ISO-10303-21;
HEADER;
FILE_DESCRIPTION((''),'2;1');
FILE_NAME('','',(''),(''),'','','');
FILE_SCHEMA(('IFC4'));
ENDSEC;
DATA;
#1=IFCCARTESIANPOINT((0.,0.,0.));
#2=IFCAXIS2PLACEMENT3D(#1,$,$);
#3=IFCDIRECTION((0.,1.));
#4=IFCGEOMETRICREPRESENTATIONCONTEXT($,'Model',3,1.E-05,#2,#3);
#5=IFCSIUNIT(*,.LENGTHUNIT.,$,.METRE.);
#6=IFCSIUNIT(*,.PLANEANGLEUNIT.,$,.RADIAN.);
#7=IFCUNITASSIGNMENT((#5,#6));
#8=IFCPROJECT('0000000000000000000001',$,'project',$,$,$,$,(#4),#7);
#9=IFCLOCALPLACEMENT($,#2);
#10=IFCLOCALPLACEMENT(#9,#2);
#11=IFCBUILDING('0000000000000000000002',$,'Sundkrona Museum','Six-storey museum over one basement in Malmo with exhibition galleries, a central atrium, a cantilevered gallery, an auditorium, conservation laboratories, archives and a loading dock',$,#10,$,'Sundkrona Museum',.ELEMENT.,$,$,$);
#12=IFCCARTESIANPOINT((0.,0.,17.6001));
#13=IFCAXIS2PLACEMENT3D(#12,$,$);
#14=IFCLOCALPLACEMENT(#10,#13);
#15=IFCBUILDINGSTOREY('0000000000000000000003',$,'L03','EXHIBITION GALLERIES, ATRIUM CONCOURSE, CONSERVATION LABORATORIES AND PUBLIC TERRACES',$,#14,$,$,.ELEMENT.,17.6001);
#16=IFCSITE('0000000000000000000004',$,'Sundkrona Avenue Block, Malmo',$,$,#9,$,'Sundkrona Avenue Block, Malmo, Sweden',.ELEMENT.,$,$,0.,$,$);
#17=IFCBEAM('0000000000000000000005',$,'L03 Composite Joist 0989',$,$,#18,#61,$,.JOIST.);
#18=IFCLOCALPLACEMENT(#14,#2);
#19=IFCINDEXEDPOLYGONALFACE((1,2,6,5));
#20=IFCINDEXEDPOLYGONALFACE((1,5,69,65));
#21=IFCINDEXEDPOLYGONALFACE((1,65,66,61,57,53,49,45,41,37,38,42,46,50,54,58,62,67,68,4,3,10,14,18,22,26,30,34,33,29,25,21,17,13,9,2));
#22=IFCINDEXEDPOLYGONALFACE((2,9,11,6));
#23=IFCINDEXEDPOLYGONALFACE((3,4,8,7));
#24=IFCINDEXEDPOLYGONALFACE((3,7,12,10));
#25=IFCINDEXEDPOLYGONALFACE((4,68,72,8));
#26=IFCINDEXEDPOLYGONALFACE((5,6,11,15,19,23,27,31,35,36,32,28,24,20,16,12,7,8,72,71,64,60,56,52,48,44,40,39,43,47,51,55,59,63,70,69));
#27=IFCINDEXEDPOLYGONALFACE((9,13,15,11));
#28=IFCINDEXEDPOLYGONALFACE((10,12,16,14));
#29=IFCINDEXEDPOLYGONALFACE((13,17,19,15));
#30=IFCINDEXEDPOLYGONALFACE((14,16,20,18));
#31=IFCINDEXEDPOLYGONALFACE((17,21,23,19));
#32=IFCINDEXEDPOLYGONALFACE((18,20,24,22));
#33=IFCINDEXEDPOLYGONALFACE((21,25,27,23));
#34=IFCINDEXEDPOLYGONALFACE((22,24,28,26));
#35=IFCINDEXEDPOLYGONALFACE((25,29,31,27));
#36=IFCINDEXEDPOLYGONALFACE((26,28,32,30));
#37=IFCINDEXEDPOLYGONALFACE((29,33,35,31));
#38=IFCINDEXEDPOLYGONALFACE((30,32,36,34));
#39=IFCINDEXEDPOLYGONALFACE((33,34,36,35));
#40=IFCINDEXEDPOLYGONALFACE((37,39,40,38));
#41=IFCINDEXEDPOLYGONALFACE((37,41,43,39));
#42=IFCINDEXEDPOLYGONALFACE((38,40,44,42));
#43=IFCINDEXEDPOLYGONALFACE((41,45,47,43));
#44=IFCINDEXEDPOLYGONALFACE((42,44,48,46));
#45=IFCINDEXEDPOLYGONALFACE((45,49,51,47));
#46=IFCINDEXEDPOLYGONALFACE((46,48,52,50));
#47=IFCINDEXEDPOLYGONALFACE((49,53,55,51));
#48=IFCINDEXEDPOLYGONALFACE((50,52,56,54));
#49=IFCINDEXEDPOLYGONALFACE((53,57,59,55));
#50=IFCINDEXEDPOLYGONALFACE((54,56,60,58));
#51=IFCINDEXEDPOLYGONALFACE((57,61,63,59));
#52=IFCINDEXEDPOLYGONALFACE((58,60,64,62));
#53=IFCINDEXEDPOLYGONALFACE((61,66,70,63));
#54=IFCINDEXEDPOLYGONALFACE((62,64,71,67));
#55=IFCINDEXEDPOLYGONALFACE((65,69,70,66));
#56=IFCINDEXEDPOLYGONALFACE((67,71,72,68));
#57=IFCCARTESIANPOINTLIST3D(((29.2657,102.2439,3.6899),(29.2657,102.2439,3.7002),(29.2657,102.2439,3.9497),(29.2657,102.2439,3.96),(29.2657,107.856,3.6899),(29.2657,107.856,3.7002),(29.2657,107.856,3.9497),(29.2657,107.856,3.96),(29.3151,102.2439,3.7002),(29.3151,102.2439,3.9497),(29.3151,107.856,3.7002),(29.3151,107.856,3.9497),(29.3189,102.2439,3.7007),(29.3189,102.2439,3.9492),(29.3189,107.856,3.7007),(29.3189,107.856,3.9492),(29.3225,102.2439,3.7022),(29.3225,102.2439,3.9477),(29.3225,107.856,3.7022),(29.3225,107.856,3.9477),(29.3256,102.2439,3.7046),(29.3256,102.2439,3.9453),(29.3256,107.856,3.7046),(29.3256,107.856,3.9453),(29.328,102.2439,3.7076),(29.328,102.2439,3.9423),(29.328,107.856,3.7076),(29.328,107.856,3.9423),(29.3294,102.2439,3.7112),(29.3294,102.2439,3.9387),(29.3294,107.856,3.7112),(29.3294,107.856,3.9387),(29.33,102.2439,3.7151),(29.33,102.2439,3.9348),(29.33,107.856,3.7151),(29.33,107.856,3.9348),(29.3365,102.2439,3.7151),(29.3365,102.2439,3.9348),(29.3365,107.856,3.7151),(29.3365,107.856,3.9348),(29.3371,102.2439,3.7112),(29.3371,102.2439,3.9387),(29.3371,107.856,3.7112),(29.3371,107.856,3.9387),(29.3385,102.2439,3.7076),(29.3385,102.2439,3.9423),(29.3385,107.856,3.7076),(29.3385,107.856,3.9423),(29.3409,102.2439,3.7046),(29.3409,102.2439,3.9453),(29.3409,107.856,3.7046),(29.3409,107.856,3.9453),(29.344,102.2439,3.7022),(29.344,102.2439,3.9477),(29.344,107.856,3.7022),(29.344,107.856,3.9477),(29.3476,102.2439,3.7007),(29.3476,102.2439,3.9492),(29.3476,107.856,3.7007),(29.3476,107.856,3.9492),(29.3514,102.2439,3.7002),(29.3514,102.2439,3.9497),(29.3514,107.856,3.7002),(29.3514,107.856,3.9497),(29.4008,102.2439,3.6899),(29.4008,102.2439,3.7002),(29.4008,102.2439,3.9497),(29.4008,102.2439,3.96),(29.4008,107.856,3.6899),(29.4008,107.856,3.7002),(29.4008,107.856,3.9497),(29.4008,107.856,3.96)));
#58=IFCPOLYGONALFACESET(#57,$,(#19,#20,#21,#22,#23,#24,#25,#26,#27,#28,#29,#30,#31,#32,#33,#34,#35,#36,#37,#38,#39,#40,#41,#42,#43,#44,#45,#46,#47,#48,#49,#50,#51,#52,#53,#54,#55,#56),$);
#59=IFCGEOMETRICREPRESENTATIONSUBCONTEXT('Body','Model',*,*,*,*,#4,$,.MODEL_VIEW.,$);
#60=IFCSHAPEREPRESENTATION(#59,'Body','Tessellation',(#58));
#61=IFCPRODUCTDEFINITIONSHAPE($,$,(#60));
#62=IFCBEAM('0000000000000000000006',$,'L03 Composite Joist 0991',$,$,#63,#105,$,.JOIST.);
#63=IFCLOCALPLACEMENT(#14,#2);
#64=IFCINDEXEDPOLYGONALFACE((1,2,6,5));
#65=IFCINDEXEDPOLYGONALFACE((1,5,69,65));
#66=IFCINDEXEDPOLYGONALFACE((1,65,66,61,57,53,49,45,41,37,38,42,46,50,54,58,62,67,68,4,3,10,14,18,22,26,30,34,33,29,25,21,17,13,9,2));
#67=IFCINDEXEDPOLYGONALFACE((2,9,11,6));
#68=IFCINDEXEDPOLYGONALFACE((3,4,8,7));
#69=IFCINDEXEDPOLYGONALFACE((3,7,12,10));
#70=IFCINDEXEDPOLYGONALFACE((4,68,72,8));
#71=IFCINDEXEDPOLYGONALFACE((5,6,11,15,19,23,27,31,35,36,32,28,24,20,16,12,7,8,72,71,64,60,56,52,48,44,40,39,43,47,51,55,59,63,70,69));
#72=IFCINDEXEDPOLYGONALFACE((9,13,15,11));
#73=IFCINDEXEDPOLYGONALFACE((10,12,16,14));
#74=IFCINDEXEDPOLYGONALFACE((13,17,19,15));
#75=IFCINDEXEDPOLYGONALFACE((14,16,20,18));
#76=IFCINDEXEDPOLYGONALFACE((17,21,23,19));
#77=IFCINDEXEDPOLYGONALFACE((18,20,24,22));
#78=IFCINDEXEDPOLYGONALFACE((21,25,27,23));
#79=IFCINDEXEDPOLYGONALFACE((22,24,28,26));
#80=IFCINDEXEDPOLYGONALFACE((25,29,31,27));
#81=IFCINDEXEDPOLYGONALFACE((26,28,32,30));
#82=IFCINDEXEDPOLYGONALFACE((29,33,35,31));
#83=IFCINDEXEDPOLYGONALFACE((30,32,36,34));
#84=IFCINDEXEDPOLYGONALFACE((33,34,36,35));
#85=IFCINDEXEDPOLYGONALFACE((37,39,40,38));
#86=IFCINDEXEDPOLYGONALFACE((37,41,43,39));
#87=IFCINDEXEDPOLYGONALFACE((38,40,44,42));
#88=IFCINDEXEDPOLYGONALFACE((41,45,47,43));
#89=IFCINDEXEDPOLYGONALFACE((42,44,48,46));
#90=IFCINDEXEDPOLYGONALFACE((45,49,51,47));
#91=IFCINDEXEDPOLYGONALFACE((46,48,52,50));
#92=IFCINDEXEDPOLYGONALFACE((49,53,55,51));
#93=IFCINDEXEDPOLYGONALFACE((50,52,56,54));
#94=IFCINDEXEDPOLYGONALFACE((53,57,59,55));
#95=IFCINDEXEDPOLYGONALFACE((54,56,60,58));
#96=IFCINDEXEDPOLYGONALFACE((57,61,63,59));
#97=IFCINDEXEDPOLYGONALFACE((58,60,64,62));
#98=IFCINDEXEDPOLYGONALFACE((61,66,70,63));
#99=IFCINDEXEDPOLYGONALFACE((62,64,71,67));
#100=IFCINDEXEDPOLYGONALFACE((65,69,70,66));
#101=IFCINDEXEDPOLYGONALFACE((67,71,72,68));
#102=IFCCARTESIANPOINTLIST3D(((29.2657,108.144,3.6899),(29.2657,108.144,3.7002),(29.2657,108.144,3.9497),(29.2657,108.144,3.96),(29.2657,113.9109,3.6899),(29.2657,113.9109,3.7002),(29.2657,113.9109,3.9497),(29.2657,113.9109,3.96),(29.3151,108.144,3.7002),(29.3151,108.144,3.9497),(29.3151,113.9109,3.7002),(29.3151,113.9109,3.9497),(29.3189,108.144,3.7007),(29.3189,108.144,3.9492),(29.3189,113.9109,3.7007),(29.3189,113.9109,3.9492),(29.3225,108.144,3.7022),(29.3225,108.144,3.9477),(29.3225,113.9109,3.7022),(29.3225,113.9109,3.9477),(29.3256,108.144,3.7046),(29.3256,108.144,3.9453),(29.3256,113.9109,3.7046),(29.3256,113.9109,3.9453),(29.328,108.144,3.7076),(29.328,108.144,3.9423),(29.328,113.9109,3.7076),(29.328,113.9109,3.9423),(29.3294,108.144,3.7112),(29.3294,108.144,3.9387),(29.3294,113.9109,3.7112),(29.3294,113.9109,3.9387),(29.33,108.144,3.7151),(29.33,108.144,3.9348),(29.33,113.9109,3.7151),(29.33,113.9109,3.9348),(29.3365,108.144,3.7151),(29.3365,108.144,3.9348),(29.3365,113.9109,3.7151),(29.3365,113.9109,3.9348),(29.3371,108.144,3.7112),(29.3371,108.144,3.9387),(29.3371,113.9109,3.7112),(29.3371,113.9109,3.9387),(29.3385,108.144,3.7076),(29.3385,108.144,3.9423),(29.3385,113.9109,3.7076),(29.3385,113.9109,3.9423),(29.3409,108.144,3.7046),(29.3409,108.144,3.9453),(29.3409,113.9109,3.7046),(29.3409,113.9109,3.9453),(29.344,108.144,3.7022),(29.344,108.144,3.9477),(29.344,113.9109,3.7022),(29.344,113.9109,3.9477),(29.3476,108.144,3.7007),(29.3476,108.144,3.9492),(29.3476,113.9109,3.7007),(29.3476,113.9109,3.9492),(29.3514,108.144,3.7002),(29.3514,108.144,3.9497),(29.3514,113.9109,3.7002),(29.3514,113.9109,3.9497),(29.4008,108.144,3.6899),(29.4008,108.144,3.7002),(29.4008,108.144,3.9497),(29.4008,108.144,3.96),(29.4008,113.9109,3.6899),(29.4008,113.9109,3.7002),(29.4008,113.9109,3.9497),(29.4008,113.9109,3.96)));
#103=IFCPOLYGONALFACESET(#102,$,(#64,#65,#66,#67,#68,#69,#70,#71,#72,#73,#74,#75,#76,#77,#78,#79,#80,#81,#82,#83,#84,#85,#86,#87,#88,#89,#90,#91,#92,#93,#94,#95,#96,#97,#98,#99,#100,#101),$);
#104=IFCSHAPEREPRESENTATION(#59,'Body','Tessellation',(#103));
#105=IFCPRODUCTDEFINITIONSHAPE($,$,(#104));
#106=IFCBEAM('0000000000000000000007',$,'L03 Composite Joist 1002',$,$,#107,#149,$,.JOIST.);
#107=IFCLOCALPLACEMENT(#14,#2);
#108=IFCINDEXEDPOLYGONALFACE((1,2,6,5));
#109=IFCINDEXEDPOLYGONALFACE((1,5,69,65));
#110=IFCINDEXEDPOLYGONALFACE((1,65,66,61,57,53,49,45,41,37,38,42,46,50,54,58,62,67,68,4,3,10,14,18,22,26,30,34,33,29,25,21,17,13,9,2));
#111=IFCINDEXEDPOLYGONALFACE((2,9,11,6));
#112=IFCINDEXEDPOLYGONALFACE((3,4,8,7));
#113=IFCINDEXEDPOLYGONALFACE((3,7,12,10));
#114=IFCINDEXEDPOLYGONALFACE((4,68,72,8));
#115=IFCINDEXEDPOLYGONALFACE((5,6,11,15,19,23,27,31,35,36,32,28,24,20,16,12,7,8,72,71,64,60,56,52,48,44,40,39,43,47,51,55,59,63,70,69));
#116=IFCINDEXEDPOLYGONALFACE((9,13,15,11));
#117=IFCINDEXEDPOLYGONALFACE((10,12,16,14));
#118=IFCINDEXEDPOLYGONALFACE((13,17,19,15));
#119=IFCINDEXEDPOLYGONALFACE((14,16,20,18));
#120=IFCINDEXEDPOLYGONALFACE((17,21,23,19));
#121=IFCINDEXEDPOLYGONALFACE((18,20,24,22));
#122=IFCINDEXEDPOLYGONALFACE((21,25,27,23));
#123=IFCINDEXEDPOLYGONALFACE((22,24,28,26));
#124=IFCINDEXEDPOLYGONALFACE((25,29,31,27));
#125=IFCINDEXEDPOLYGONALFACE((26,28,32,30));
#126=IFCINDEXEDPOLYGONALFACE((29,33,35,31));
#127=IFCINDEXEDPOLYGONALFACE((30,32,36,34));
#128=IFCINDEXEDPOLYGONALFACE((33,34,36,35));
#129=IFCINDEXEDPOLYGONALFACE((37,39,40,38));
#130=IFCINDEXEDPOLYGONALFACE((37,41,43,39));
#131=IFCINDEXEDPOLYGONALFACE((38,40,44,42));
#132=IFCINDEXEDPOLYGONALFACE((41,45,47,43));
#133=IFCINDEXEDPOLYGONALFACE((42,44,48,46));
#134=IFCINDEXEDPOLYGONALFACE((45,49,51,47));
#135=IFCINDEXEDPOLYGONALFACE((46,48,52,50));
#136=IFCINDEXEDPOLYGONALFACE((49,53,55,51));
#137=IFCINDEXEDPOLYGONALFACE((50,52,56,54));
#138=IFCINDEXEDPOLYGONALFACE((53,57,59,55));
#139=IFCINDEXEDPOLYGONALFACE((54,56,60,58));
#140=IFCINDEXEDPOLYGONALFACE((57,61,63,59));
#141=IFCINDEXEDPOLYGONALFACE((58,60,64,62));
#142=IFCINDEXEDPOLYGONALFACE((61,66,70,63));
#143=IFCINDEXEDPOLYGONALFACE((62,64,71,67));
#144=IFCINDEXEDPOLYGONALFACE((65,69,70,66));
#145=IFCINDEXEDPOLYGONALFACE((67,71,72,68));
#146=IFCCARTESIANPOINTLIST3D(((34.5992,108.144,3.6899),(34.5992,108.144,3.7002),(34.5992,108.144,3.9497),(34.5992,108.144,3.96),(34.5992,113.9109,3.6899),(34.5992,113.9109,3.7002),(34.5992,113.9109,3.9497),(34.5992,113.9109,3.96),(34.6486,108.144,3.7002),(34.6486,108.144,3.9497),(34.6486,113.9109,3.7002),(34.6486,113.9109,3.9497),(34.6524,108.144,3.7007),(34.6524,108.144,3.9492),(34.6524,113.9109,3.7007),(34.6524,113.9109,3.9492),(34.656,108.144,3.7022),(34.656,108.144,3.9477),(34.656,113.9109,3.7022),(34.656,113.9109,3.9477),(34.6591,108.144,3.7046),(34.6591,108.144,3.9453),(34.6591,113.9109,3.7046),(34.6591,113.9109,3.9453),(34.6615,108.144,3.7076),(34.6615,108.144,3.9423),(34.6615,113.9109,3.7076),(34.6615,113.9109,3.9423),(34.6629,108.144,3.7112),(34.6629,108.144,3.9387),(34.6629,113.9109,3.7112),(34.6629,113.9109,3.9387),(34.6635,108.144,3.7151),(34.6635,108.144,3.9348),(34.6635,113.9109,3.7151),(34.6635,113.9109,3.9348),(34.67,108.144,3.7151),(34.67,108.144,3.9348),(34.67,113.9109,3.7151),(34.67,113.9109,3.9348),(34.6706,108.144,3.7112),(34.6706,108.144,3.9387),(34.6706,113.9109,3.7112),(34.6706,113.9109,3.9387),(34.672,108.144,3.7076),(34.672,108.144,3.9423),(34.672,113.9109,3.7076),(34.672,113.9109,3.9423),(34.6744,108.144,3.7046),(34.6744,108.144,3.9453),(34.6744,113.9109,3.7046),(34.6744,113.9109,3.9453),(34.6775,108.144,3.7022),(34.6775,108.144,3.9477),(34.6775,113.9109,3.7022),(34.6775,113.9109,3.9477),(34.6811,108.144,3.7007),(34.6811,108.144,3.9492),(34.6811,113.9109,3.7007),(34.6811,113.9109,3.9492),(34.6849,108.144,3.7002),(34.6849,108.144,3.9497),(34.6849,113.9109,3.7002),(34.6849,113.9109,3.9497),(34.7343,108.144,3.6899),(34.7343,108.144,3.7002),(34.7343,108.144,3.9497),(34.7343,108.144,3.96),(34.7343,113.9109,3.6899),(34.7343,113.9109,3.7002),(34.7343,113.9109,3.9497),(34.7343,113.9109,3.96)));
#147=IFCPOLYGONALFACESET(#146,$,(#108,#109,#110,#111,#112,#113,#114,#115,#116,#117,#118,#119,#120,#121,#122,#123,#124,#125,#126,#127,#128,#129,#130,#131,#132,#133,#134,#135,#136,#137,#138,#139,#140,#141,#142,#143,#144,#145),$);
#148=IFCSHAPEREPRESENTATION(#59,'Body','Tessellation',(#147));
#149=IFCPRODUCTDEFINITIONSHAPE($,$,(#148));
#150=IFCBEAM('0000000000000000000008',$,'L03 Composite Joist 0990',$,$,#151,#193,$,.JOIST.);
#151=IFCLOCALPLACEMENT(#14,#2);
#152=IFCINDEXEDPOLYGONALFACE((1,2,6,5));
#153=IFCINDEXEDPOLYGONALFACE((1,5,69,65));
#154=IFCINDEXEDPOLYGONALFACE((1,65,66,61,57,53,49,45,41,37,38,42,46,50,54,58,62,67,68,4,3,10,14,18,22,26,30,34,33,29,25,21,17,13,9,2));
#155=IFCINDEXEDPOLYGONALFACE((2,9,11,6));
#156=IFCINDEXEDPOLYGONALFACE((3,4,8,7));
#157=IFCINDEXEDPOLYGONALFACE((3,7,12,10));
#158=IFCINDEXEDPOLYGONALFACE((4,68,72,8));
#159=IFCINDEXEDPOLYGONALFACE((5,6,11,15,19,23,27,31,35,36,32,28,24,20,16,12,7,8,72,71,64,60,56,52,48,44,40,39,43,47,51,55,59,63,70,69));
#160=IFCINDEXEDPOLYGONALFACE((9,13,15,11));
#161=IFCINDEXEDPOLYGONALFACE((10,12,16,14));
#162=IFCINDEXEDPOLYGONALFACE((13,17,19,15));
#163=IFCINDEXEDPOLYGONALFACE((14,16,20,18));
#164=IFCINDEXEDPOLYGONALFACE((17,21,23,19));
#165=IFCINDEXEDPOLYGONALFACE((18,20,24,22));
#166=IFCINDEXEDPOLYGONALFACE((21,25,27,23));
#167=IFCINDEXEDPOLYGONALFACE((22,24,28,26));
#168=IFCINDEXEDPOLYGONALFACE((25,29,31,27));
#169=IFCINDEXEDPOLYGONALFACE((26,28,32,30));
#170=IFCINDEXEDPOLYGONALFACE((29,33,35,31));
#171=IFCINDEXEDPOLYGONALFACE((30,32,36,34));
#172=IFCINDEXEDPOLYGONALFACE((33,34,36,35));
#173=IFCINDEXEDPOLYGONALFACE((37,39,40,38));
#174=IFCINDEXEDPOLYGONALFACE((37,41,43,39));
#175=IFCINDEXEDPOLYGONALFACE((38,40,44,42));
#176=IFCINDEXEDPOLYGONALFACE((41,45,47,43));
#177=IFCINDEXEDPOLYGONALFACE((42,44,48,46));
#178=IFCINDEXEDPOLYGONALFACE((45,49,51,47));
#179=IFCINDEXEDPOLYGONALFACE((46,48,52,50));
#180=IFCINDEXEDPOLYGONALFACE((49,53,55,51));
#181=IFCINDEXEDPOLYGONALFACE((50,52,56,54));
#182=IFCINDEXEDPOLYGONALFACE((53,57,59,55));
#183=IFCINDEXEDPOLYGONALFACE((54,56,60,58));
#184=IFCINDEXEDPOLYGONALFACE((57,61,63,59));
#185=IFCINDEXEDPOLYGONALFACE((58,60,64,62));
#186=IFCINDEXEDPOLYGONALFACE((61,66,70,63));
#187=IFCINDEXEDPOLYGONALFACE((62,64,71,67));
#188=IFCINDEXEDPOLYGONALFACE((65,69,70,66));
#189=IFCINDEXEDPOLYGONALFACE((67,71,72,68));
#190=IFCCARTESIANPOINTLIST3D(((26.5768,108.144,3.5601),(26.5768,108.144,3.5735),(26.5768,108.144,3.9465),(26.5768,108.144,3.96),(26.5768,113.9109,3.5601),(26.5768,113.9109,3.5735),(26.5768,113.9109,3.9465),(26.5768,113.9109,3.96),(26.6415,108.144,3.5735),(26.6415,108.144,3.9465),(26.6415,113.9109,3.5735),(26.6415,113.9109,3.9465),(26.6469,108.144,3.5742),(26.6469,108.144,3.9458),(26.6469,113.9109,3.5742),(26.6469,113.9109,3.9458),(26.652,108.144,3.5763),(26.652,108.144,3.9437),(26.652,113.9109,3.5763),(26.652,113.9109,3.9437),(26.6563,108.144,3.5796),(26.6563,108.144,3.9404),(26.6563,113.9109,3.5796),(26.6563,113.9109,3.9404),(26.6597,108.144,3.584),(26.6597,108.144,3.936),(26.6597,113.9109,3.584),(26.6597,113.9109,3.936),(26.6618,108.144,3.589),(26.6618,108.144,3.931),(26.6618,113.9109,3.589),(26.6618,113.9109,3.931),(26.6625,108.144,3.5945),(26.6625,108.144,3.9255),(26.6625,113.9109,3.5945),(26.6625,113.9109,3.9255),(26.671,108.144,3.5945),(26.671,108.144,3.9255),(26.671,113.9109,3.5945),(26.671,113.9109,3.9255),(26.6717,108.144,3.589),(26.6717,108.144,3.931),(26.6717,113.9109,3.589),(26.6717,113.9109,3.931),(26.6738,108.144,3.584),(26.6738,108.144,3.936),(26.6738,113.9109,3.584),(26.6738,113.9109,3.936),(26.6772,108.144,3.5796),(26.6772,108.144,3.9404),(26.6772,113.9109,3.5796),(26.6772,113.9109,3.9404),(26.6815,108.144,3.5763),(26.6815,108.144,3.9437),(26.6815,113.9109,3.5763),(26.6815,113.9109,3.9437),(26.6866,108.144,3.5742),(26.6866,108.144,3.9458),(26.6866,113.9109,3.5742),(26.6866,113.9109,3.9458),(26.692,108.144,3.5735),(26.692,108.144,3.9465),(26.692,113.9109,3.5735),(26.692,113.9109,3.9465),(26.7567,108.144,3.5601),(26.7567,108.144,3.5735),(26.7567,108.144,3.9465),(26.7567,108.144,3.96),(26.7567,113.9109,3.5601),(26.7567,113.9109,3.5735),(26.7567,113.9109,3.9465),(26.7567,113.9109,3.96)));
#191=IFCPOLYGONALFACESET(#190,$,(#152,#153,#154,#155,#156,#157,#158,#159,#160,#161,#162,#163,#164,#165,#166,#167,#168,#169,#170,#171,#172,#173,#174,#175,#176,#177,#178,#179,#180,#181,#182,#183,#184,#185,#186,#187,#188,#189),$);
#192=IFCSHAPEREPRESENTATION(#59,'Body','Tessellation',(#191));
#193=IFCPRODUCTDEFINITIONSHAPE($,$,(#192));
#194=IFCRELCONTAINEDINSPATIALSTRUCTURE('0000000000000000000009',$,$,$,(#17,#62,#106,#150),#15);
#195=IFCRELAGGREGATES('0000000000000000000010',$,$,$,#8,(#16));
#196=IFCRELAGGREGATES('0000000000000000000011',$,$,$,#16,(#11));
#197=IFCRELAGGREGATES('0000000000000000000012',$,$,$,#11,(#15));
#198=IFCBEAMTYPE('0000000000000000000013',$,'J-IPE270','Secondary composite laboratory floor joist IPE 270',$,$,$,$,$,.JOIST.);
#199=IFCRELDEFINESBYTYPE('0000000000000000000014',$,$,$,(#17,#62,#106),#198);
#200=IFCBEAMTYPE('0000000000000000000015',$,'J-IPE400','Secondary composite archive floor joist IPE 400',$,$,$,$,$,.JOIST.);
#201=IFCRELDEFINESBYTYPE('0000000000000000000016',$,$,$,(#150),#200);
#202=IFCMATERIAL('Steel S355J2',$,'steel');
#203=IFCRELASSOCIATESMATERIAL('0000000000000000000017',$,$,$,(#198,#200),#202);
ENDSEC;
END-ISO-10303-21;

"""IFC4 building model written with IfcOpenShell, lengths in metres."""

from ifc_helpers import new_model, si_unit, direction, frame, origin, origin_2d, place, context, subcontext, project, spatial, i_section, extrude, material, material_profile, profile_set, type_object, element, save


model = new_model("IFC4")

# Units and contexts
model_context = context("Model", 3, precision=1e-05, world=origin(), true_north=direction((0.0, 1.0)))
body_context = subcontext(model_context, "Body", "Model", "MODEL_VIEW")
ifc_project = project(units=[si_unit("LENGTHUNIT", "METRE"), si_unit("PLANEANGLEUNIT", "RADIAN")], contexts=[model_context])

# Site, building, storey
site_placement = place(None, origin())
site = spatial("IfcSite", under=ifc_project, at=site_placement, Name="Sundkrona Avenue Block, Malmo", LongName="Sundkrona Avenue Block, Malmo, Sweden", CompositionType="ELEMENT", RefElevation=0.0)
building_placement = place(site_placement, origin())
building = spatial("IfcBuilding", under=site, at=building_placement, Name="Sundkrona Museum", Description="Six-storey museum over one basement in Malmo with exhibition galleries, a central atrium, a cantilevered gallery, an auditorium, conservation laboratories, archives and a loading dock", LongName="Sundkrona Museum", CompositionType="ELEMENT")
storey_placement = place(building_placement, frame((0.0, 0.0, 17.6001)))
storey = spatial("IfcBuildingStorey", under=building, at=storey_placement, Name="L03", Description="EXHIBITION GALLERIES, ATRIUM CONCOURSE, CONSERVATION LABORATORIES AND PUBLIC TERRACES", CompositionType="ELEMENT", Elevation=17.6001)

# Shared definitions
ifc_material_1 = material(Name="Steel S355J2", Category="steel")

# Beams
ifc_material_profile_1 = material_profile(ifc_material_1, i_section(OverallWidth=0.135, OverallDepth=0.27, WebThickness=0.0066, FlangeThickness=0.0103, FilletRadius=0.0149, at=origin_2d()), Name="IPE 270")
ifc_profile_set_1 = profile_set([ifc_material_profile_1], Name="Steel S355J2")
beam_type_1 = type_object("IfcBeamType", Name="J-IPE270", Description="Secondary composite laboratory floor joist IPE 270", PredefinedType="JOIST", material=ifc_profile_set_1)
for number, where, z_axis, x_axis, name in (
    (1, (29.3333, 102.2439, 3.825), (0.0, 1.0, 0.0), (-1.0, 0.0, 0.0), "L03 Composite Joist 0989"),
):
    element("IfcBeam", number, at=place(storey_placement, frame(where, z_axis=z_axis, x_axis=x_axis)), inside=storey, type_object=beam_type_1, Name=name, PredefinedType="JOIST", context=body_context, shape_type="SweptSolid", body=[
        extrude(i_section(OverallWidth=0.135, OverallDepth=0.27, WebThickness=0.0066, FlangeThickness=0.0103, FilletRadius=0.0149, at=origin_2d()), origin(), (0.0, 0.0, 1.0), 5.6121),
    ])
for number, where, z_axis, x_axis, name in (
    (2, (29.3333, 108.144, 3.825), (0.0, 1.0, 0.0), (-1.0, 0.0, 0.0), "L03 Composite Joist 0991"),
    (3, (34.6667, 108.144, 3.825), (0.0, 1.0, 0.0), (-1.0, 0.0, 0.0), "L03 Composite Joist 1002"),
):
    element("IfcBeam", number, at=place(storey_placement, frame(where, z_axis=z_axis, x_axis=x_axis)), inside=storey, type_object=beam_type_1, Name=name, PredefinedType="JOIST", context=body_context, shape_type="SweptSolid", body=[
        extrude(i_section(OverallWidth=0.135, OverallDepth=0.27, WebThickness=0.0066, FlangeThickness=0.0103, FilletRadius=0.0149, at=origin_2d()), origin(), (0.0, 0.0, 1.0), 5.7668),
    ])
ifc_material_profile_2 = material_profile(ifc_material_1, i_section(OverallWidth=0.1799, OverallDepth=0.3999, WebThickness=0.0085, FlangeThickness=0.0134, FilletRadius=0.021, at=origin_2d()), Name="IPE 400")
ifc_profile_set_2 = profile_set([ifc_material_profile_2], Name="Steel S355J2")
beam_type_2 = type_object("IfcBeamType", Name="J-IPE400", Description="Secondary composite archive floor joist IPE 400", PredefinedType="JOIST", material=ifc_profile_set_2)
beam_1_placement = place(storey_placement, frame((26.6667, 108.144, 3.76), z_axis=(0.0, 1.0, 0.0), x_axis=(-1.0, 0.0, 0.0)))
element("IfcBeam", 4, at=beam_1_placement, inside=storey, type_object=beam_type_2, Name="L03 Composite Joist 0990", PredefinedType="JOIST", context=body_context, shape_type="SweptSolid", body=[
    extrude(i_section(OverallWidth=0.1799, OverallDepth=0.3999, WebThickness=0.0085, FlangeThickness=0.0134, FilletRadius=0.021, at=origin_2d()), origin(), (0.0, 0.0, 1.0), 5.7668),
])

save(model, "model.ifc")
